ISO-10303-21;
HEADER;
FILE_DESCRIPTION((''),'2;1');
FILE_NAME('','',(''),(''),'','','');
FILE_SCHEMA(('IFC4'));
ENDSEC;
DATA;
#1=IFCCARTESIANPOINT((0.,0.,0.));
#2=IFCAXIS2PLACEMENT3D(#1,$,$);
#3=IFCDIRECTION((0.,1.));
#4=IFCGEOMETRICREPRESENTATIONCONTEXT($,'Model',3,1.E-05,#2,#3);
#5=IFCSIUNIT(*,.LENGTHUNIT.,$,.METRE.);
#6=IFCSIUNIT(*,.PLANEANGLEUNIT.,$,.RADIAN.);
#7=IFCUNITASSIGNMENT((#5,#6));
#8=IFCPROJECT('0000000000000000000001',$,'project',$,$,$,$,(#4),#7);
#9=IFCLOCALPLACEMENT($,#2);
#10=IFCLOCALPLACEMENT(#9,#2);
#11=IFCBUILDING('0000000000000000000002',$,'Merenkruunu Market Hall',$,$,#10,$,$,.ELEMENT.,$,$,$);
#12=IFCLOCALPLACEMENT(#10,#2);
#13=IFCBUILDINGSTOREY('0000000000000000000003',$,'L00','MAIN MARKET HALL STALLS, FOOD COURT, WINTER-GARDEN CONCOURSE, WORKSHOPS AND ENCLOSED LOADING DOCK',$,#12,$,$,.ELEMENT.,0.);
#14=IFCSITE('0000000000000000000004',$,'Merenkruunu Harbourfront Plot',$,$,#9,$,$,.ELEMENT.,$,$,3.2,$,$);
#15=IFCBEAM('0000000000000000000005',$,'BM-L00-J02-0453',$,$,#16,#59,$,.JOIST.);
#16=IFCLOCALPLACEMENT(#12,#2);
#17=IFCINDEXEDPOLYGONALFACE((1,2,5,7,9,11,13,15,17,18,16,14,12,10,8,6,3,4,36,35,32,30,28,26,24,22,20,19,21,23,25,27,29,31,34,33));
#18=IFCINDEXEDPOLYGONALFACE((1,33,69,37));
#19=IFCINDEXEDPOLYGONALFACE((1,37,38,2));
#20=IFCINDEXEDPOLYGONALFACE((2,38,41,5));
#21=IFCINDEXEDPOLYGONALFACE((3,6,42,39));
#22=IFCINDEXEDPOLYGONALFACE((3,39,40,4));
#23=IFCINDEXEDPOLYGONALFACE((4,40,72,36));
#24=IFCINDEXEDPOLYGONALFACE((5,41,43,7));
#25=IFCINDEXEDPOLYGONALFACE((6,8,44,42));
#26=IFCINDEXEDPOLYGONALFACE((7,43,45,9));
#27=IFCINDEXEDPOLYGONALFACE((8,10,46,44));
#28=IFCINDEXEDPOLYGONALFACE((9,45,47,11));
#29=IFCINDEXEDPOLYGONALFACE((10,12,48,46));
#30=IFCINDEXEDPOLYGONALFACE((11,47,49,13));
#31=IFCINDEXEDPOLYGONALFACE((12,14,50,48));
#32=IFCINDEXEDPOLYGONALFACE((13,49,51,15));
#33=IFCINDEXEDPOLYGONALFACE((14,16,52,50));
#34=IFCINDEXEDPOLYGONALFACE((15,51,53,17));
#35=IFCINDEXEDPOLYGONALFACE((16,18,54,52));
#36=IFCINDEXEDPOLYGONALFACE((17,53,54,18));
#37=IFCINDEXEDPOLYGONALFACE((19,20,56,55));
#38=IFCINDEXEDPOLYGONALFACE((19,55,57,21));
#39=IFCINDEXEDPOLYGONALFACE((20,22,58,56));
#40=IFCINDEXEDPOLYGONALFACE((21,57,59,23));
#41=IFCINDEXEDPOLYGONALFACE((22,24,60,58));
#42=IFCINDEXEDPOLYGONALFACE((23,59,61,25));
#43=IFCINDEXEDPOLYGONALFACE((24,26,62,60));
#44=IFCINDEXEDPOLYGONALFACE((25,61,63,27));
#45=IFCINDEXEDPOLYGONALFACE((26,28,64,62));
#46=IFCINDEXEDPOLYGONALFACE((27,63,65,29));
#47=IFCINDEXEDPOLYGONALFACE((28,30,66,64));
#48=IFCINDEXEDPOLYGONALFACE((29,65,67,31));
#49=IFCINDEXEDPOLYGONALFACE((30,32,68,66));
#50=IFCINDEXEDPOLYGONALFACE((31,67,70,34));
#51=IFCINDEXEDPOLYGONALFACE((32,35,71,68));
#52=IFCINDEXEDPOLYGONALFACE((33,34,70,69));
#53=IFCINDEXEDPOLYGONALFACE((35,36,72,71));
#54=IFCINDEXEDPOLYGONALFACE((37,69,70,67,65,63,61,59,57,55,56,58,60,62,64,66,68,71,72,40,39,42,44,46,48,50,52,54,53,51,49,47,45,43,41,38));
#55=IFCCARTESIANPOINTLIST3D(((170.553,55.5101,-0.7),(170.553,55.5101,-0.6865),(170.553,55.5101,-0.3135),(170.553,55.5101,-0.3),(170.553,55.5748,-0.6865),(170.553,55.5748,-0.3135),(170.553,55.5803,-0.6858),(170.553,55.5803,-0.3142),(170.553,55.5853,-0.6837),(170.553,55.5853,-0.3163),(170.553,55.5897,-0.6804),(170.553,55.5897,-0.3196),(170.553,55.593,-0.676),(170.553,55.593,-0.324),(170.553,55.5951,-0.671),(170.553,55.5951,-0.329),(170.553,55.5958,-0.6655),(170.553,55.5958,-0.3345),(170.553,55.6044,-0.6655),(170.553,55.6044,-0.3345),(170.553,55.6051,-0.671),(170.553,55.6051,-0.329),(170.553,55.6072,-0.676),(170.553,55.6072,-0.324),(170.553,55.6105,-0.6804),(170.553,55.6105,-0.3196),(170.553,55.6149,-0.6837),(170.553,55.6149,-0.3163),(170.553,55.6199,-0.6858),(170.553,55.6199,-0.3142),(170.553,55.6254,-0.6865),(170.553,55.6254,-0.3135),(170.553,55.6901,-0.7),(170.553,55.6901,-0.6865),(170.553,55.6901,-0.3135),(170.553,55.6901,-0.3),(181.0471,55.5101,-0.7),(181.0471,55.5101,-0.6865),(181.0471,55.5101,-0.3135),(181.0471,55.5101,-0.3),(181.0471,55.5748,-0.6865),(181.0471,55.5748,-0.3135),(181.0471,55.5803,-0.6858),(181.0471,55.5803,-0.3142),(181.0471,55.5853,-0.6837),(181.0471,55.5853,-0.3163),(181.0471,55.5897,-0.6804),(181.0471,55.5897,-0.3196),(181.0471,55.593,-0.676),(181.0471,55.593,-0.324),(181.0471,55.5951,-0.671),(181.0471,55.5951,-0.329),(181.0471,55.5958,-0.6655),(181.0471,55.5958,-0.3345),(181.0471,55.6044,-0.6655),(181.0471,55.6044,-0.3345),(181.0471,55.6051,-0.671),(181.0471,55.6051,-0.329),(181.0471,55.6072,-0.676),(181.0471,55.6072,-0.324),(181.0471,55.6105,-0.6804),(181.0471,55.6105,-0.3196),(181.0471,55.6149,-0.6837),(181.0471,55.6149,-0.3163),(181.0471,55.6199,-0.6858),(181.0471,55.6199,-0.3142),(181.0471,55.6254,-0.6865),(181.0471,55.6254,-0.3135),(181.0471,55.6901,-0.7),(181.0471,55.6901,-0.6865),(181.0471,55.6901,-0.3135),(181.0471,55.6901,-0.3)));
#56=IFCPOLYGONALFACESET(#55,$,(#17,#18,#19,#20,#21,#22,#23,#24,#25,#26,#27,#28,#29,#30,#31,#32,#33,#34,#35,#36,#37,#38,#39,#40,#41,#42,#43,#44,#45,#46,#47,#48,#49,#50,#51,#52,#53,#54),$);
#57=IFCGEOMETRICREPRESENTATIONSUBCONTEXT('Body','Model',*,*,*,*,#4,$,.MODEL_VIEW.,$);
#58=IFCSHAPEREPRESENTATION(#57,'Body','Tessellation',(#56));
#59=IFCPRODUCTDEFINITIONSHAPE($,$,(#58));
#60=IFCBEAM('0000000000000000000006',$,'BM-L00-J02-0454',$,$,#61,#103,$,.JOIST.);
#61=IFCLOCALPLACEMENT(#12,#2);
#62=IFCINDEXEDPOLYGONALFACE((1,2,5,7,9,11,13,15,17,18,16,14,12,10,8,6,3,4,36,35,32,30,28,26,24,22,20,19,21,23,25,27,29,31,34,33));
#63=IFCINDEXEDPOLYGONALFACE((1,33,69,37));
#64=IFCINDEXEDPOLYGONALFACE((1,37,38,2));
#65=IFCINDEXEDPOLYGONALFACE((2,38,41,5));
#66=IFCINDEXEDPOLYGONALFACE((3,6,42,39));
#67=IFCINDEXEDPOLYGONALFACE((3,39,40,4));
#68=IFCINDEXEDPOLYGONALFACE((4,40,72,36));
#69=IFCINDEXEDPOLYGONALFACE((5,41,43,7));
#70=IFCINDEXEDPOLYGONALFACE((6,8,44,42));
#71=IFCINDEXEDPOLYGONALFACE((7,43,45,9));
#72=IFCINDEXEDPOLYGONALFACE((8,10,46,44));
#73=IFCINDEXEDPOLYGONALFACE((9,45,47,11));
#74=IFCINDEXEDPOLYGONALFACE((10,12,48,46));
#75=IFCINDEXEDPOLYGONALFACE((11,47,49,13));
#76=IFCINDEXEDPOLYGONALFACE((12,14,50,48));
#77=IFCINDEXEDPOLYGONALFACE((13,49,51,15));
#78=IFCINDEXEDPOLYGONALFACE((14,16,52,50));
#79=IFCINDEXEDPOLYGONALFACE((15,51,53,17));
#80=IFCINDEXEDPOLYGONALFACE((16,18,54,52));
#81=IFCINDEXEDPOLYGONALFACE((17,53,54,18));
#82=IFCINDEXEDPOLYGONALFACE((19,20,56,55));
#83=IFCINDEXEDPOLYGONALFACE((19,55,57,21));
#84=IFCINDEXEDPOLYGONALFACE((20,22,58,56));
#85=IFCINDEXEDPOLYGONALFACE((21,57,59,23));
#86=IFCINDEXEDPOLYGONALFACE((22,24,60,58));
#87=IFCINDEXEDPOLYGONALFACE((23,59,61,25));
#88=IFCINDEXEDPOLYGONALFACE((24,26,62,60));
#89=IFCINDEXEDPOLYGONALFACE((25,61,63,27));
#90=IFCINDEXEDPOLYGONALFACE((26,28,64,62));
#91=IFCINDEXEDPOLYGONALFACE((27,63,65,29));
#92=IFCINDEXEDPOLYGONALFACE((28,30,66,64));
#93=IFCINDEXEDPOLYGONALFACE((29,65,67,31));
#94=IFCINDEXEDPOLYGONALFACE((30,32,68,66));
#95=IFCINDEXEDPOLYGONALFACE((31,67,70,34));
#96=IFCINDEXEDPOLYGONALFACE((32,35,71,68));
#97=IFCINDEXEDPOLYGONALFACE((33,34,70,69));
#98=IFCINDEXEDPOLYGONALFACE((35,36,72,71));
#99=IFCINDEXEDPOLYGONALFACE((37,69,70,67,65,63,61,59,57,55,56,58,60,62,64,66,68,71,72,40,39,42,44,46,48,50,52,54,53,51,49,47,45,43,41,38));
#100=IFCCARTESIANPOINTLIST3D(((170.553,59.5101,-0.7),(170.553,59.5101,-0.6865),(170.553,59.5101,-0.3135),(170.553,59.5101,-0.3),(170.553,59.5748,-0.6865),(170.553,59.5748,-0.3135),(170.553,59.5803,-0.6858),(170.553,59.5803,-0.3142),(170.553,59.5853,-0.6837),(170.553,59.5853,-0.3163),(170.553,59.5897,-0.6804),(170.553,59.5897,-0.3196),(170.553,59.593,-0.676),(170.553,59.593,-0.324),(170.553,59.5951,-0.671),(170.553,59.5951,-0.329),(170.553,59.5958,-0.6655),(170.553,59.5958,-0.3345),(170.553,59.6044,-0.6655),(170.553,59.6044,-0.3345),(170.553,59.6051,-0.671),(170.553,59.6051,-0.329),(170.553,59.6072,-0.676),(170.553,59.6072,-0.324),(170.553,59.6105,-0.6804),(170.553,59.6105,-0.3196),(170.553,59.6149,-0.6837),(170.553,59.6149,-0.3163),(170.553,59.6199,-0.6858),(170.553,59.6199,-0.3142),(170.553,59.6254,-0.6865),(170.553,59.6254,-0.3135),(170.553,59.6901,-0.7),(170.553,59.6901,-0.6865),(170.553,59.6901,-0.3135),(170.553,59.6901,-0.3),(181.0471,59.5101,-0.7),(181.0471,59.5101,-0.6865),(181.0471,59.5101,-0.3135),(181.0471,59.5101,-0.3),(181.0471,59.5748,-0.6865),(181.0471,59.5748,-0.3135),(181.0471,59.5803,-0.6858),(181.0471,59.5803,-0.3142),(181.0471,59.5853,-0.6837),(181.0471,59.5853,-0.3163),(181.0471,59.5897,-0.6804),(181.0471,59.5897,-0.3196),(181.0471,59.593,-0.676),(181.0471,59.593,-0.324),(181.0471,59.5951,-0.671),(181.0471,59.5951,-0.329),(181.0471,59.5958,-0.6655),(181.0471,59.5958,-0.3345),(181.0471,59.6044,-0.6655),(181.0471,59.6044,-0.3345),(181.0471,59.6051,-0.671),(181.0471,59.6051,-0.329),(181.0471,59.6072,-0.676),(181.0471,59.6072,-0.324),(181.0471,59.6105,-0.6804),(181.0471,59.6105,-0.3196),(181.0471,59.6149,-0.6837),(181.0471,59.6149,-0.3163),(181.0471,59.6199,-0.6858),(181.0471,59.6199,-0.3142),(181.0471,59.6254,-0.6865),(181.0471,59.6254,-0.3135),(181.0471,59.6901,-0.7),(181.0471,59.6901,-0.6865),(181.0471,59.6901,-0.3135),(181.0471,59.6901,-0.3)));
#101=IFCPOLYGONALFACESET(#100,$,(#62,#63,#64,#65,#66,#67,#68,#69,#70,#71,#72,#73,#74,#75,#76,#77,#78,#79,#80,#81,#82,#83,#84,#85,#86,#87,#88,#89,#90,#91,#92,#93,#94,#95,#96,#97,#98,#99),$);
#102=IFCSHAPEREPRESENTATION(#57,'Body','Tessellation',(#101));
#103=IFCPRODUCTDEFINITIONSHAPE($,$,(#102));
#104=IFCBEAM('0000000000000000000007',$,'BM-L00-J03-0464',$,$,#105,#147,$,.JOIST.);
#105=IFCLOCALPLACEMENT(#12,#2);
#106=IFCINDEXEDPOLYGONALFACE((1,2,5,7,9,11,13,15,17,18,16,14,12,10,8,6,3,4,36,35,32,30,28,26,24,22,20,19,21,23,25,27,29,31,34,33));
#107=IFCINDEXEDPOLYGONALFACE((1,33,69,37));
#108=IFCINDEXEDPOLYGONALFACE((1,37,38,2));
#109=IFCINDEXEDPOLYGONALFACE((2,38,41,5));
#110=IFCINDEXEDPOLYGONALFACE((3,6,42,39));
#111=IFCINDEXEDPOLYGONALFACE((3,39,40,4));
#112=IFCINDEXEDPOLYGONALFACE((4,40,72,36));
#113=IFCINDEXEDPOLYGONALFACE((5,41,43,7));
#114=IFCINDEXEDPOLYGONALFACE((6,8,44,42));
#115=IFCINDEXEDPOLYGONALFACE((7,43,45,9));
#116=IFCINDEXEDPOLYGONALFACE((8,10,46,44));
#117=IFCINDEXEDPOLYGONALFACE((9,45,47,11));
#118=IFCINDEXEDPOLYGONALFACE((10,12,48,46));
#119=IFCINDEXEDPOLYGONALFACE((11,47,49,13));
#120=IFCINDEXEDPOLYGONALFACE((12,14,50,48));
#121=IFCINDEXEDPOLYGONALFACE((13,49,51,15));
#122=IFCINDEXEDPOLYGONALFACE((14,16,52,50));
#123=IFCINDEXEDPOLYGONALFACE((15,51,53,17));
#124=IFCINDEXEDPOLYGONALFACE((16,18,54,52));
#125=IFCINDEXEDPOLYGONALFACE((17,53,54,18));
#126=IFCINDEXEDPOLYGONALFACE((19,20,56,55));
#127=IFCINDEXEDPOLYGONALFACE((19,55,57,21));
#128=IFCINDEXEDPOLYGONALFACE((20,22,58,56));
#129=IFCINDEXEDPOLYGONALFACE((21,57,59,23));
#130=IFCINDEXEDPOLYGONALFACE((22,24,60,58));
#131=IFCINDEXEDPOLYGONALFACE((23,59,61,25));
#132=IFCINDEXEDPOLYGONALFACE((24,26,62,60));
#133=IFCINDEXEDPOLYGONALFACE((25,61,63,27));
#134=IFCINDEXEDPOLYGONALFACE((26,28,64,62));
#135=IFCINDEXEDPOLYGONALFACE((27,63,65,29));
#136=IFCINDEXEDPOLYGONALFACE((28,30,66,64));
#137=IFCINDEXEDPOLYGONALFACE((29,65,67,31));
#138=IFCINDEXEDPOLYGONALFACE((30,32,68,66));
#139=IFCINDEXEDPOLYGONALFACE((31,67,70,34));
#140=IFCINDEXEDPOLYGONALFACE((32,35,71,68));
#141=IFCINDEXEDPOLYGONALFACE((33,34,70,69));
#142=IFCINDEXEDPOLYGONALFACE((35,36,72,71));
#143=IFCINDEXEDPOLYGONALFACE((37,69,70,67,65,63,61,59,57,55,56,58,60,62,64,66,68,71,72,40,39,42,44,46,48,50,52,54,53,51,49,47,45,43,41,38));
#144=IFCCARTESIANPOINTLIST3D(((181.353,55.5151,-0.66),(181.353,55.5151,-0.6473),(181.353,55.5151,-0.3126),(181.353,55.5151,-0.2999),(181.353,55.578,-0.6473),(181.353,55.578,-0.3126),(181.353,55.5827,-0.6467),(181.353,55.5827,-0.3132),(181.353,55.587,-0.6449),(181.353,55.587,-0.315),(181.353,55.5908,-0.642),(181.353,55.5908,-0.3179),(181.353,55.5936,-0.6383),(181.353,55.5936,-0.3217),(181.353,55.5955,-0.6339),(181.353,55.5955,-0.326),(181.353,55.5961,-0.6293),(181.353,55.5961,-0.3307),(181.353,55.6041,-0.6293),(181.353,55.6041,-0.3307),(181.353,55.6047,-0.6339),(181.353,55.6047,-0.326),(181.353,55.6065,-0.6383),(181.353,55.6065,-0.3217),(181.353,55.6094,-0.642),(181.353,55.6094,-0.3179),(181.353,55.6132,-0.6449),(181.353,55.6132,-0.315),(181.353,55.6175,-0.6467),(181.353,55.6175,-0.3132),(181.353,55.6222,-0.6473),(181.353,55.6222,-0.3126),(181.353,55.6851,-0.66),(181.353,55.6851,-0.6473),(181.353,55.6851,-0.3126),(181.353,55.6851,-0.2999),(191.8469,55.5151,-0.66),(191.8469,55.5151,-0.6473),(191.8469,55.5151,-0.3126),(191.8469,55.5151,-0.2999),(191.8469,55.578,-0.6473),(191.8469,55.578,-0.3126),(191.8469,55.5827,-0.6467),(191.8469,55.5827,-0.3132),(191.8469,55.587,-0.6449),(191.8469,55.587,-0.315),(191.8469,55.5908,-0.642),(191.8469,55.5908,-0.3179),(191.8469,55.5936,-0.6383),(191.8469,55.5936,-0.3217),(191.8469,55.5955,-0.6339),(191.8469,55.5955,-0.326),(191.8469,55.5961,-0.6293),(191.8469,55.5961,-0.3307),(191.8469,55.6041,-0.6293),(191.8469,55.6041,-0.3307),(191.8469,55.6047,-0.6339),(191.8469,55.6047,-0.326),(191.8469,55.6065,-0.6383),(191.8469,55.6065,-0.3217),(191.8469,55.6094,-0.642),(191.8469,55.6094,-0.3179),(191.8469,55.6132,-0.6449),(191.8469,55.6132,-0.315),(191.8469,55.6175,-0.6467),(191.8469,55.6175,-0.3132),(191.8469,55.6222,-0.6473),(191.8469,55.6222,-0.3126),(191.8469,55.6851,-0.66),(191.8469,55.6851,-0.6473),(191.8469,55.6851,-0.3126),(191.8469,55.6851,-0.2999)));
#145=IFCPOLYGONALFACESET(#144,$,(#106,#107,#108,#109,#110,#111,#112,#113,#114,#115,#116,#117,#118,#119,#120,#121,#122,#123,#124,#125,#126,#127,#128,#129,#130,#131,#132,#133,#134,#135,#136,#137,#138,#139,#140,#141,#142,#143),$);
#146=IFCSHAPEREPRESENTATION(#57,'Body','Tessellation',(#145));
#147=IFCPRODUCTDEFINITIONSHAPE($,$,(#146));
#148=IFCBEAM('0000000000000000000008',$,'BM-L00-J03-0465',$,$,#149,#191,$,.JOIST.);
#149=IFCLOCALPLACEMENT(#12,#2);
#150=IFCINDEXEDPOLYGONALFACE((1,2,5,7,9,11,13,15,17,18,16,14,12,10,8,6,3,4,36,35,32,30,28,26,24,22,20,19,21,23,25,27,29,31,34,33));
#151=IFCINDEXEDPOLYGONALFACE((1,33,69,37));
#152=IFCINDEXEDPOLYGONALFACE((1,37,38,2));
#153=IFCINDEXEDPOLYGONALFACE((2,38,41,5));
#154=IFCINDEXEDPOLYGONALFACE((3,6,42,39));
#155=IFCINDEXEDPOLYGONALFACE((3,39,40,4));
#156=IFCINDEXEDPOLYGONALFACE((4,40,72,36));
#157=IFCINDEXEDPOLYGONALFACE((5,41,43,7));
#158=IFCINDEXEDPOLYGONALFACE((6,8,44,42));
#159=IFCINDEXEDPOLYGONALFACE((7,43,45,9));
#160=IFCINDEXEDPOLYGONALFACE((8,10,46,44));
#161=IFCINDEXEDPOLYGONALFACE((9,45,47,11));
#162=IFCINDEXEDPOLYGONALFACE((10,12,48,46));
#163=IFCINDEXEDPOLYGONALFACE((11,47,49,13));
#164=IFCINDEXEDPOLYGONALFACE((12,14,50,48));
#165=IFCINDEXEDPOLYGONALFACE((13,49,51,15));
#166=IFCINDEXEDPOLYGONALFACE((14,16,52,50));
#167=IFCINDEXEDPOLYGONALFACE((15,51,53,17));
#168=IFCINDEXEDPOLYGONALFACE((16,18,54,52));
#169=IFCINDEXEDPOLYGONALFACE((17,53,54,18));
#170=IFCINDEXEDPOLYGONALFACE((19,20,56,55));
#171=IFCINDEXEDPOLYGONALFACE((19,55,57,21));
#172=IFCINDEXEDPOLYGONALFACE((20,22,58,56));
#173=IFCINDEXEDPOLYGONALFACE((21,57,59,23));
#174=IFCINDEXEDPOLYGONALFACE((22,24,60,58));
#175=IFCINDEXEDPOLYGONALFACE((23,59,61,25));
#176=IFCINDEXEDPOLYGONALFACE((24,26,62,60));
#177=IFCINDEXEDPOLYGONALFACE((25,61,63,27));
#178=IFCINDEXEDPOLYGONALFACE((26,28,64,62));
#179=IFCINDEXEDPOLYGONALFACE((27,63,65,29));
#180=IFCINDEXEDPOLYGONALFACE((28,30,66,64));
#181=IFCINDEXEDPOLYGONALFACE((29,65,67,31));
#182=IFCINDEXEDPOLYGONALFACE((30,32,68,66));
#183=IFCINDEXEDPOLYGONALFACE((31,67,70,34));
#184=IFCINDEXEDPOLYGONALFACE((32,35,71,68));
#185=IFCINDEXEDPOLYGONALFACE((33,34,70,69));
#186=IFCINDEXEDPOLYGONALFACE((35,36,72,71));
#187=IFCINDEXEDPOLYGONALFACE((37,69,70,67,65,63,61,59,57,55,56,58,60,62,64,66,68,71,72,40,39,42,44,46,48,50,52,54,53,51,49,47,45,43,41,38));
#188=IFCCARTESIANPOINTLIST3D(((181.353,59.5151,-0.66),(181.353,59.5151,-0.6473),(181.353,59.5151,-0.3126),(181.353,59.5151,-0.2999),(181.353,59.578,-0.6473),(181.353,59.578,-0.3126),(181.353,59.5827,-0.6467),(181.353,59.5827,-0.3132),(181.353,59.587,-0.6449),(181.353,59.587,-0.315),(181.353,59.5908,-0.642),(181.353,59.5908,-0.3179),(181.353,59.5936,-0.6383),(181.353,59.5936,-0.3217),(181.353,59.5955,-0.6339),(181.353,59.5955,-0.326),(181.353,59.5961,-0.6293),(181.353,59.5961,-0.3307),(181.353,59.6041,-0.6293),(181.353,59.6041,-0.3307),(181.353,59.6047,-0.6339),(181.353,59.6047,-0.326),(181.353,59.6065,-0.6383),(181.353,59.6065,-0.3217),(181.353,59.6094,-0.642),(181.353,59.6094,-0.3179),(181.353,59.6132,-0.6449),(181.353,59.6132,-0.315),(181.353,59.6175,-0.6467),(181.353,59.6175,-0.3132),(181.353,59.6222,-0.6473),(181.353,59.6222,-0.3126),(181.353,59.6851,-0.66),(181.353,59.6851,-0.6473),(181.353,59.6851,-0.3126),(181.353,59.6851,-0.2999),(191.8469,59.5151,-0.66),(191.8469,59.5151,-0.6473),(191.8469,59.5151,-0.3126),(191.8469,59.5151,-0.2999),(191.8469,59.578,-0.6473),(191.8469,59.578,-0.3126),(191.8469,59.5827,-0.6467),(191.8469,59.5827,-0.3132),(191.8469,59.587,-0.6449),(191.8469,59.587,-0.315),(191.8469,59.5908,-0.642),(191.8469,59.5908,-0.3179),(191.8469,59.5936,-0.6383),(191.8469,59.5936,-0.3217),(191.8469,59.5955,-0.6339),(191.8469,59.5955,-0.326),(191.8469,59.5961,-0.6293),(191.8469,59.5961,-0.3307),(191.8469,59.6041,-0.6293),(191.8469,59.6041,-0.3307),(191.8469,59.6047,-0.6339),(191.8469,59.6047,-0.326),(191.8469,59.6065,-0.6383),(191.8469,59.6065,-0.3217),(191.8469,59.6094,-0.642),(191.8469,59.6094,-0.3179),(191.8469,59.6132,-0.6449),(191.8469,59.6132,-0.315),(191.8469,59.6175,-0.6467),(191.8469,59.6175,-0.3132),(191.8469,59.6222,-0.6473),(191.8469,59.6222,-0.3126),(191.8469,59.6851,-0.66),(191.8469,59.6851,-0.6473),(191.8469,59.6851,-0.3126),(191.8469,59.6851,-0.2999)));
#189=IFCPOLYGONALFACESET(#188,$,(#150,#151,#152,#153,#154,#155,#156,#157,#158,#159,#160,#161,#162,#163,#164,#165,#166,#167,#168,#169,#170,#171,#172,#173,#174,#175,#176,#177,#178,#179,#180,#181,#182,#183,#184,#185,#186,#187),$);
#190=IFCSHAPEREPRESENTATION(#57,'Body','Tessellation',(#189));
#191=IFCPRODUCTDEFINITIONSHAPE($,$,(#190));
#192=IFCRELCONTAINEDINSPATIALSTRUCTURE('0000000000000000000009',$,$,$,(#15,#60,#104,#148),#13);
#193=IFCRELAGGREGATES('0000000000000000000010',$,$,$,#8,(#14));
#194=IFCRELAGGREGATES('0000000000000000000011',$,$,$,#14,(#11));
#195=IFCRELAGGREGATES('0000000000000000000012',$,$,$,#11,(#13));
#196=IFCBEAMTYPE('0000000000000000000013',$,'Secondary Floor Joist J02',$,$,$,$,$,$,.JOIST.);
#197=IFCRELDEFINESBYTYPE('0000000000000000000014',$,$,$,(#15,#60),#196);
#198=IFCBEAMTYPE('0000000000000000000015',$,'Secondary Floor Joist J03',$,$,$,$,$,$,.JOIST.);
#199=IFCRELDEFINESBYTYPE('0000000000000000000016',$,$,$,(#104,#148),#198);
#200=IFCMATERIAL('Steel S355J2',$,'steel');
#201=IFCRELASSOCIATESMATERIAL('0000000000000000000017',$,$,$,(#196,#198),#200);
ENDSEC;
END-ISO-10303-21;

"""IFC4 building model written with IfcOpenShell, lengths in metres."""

from ifc_helpers import new_model, si_unit, direction, frame, origin, origin_2d, place, context, subcontext, project, spatial, i_section, extrude, material, material_profile, profile_set, type_object, element, save


model = new_model("IFC4")

# Units and contexts
model_context = context("Model", 3, precision=1e-05, world=origin(), true_north=direction((0.0, 1.0)))
body_context = subcontext(model_context, "Body", "Model", "MODEL_VIEW")
ifc_project = project(units=[si_unit("LENGTHUNIT", "METRE"), si_unit("PLANEANGLEUNIT", "RADIAN")], contexts=[model_context])

# Site, building, storey
site_placement = place(None, origin())
site = spatial("IfcSite", under=ifc_project, at=site_placement, Name="Merenkruunu Harbourfront Plot", CompositionType="ELEMENT", RefElevation=3.2)
building_placement = place(site_placement, origin())
building = spatial("IfcBuilding", under=site, at=building_placement, Name="Merenkruunu Market Hall", CompositionType="ELEMENT")
storey_placement = place(building_placement, origin())
storey = spatial("IfcBuildingStorey", under=building, at=storey_placement, Name="L00", Description="MAIN MARKET HALL STALLS, FOOD COURT, WINTER-GARDEN CONCOURSE, WORKSHOPS AND ENCLOSED LOADING DOCK", CompositionType="ELEMENT", Elevation=0.0)

# Shared definitions
ifc_material_1 = material(Name="Steel S355J2", Category="steel")

# Beams
ifc_material_profile_1 = material_profile(ifc_material_1, i_section(OverallWidth=0.1799, OverallDepth=0.3999, WebThickness=0.0085, FlangeThickness=0.0134, FilletRadius=0.021, at=origin_2d()), Name="IPE 400")
ifc_profile_set_1 = profile_set([ifc_material_profile_1], Name="Steel S355J2")
beam_type_1 = type_object("IfcBeamType", Name="Secondary Floor Joist J02", PredefinedType="JOIST", material=ifc_profile_set_1)
for number, where, z_axis, x_axis, name in (
    (1, (170.553, 55.6001, -0.5), (1.0, 0.0, 0.0), (0.0, 1.0, 0.0), "BM-L00-J02-0453"),
    (2, (170.553, 59.6001, -0.5), (1.0, 0.0, 0.0), (0.0, 1.0, 0.0), "BM-L00-J02-0454"),
):
    element("IfcBeam", number, at=place(storey_placement, frame(where, z_axis=z_axis, x_axis=x_axis)), inside=storey, type_object=beam_type_1, Name=name, PredefinedType="JOIST", context=body_context, shape_type="SweptSolid", body=[
        extrude(i_section(OverallWidth=0.1799, OverallDepth=0.3999, WebThickness=0.0085, FlangeThickness=0.0134, FilletRadius=0.021, at=origin_2d()), origin(), (0.0, 0.0, 1.0), 10.4941),
    ])
ifc_material_profile_2 = material_profile(ifc_material_1, i_section(OverallWidth=0.1699, OverallDepth=0.3601, WebThickness=0.0081, FlangeThickness=0.0127, FilletRadius=0.0181, at=origin_2d()), Name="IPE 360")
ifc_profile_set_2 = profile_set([ifc_material_profile_2], Name="Steel S355J2")
beam_type_2 = type_object("IfcBeamType", Name="Secondary Floor Joist J03", PredefinedType="JOIST", material=ifc_profile_set_2)
for number, where, z_axis, x_axis, name in (
    (3, (181.353, 55.6001, -0.48), (1.0, 0.0, 0.0), (0.0, 1.0, 0.0), "BM-L00-J03-0464"),
    (4, (181.353, 59.6001, -0.48), (1.0, 0.0, 0.0), (0.0, 1.0, 0.0), "BM-L00-J03-0465"),
):
    element("IfcBeam", number, at=place(storey_placement, frame(where, z_axis=z_axis, x_axis=x_axis)), inside=storey, type_object=beam_type_2, Name=name, PredefinedType="JOIST", context=body_context, shape_type="SweptSolid", body=[
        extrude(i_section(OverallWidth=0.1699, OverallDepth=0.3601, WebThickness=0.0081, FlangeThickness=0.0127, FilletRadius=0.0181, at=origin_2d()), origin(), (0.0, 0.0, 1.0), 10.4939),
    ])

save(model, "model.ifc")
